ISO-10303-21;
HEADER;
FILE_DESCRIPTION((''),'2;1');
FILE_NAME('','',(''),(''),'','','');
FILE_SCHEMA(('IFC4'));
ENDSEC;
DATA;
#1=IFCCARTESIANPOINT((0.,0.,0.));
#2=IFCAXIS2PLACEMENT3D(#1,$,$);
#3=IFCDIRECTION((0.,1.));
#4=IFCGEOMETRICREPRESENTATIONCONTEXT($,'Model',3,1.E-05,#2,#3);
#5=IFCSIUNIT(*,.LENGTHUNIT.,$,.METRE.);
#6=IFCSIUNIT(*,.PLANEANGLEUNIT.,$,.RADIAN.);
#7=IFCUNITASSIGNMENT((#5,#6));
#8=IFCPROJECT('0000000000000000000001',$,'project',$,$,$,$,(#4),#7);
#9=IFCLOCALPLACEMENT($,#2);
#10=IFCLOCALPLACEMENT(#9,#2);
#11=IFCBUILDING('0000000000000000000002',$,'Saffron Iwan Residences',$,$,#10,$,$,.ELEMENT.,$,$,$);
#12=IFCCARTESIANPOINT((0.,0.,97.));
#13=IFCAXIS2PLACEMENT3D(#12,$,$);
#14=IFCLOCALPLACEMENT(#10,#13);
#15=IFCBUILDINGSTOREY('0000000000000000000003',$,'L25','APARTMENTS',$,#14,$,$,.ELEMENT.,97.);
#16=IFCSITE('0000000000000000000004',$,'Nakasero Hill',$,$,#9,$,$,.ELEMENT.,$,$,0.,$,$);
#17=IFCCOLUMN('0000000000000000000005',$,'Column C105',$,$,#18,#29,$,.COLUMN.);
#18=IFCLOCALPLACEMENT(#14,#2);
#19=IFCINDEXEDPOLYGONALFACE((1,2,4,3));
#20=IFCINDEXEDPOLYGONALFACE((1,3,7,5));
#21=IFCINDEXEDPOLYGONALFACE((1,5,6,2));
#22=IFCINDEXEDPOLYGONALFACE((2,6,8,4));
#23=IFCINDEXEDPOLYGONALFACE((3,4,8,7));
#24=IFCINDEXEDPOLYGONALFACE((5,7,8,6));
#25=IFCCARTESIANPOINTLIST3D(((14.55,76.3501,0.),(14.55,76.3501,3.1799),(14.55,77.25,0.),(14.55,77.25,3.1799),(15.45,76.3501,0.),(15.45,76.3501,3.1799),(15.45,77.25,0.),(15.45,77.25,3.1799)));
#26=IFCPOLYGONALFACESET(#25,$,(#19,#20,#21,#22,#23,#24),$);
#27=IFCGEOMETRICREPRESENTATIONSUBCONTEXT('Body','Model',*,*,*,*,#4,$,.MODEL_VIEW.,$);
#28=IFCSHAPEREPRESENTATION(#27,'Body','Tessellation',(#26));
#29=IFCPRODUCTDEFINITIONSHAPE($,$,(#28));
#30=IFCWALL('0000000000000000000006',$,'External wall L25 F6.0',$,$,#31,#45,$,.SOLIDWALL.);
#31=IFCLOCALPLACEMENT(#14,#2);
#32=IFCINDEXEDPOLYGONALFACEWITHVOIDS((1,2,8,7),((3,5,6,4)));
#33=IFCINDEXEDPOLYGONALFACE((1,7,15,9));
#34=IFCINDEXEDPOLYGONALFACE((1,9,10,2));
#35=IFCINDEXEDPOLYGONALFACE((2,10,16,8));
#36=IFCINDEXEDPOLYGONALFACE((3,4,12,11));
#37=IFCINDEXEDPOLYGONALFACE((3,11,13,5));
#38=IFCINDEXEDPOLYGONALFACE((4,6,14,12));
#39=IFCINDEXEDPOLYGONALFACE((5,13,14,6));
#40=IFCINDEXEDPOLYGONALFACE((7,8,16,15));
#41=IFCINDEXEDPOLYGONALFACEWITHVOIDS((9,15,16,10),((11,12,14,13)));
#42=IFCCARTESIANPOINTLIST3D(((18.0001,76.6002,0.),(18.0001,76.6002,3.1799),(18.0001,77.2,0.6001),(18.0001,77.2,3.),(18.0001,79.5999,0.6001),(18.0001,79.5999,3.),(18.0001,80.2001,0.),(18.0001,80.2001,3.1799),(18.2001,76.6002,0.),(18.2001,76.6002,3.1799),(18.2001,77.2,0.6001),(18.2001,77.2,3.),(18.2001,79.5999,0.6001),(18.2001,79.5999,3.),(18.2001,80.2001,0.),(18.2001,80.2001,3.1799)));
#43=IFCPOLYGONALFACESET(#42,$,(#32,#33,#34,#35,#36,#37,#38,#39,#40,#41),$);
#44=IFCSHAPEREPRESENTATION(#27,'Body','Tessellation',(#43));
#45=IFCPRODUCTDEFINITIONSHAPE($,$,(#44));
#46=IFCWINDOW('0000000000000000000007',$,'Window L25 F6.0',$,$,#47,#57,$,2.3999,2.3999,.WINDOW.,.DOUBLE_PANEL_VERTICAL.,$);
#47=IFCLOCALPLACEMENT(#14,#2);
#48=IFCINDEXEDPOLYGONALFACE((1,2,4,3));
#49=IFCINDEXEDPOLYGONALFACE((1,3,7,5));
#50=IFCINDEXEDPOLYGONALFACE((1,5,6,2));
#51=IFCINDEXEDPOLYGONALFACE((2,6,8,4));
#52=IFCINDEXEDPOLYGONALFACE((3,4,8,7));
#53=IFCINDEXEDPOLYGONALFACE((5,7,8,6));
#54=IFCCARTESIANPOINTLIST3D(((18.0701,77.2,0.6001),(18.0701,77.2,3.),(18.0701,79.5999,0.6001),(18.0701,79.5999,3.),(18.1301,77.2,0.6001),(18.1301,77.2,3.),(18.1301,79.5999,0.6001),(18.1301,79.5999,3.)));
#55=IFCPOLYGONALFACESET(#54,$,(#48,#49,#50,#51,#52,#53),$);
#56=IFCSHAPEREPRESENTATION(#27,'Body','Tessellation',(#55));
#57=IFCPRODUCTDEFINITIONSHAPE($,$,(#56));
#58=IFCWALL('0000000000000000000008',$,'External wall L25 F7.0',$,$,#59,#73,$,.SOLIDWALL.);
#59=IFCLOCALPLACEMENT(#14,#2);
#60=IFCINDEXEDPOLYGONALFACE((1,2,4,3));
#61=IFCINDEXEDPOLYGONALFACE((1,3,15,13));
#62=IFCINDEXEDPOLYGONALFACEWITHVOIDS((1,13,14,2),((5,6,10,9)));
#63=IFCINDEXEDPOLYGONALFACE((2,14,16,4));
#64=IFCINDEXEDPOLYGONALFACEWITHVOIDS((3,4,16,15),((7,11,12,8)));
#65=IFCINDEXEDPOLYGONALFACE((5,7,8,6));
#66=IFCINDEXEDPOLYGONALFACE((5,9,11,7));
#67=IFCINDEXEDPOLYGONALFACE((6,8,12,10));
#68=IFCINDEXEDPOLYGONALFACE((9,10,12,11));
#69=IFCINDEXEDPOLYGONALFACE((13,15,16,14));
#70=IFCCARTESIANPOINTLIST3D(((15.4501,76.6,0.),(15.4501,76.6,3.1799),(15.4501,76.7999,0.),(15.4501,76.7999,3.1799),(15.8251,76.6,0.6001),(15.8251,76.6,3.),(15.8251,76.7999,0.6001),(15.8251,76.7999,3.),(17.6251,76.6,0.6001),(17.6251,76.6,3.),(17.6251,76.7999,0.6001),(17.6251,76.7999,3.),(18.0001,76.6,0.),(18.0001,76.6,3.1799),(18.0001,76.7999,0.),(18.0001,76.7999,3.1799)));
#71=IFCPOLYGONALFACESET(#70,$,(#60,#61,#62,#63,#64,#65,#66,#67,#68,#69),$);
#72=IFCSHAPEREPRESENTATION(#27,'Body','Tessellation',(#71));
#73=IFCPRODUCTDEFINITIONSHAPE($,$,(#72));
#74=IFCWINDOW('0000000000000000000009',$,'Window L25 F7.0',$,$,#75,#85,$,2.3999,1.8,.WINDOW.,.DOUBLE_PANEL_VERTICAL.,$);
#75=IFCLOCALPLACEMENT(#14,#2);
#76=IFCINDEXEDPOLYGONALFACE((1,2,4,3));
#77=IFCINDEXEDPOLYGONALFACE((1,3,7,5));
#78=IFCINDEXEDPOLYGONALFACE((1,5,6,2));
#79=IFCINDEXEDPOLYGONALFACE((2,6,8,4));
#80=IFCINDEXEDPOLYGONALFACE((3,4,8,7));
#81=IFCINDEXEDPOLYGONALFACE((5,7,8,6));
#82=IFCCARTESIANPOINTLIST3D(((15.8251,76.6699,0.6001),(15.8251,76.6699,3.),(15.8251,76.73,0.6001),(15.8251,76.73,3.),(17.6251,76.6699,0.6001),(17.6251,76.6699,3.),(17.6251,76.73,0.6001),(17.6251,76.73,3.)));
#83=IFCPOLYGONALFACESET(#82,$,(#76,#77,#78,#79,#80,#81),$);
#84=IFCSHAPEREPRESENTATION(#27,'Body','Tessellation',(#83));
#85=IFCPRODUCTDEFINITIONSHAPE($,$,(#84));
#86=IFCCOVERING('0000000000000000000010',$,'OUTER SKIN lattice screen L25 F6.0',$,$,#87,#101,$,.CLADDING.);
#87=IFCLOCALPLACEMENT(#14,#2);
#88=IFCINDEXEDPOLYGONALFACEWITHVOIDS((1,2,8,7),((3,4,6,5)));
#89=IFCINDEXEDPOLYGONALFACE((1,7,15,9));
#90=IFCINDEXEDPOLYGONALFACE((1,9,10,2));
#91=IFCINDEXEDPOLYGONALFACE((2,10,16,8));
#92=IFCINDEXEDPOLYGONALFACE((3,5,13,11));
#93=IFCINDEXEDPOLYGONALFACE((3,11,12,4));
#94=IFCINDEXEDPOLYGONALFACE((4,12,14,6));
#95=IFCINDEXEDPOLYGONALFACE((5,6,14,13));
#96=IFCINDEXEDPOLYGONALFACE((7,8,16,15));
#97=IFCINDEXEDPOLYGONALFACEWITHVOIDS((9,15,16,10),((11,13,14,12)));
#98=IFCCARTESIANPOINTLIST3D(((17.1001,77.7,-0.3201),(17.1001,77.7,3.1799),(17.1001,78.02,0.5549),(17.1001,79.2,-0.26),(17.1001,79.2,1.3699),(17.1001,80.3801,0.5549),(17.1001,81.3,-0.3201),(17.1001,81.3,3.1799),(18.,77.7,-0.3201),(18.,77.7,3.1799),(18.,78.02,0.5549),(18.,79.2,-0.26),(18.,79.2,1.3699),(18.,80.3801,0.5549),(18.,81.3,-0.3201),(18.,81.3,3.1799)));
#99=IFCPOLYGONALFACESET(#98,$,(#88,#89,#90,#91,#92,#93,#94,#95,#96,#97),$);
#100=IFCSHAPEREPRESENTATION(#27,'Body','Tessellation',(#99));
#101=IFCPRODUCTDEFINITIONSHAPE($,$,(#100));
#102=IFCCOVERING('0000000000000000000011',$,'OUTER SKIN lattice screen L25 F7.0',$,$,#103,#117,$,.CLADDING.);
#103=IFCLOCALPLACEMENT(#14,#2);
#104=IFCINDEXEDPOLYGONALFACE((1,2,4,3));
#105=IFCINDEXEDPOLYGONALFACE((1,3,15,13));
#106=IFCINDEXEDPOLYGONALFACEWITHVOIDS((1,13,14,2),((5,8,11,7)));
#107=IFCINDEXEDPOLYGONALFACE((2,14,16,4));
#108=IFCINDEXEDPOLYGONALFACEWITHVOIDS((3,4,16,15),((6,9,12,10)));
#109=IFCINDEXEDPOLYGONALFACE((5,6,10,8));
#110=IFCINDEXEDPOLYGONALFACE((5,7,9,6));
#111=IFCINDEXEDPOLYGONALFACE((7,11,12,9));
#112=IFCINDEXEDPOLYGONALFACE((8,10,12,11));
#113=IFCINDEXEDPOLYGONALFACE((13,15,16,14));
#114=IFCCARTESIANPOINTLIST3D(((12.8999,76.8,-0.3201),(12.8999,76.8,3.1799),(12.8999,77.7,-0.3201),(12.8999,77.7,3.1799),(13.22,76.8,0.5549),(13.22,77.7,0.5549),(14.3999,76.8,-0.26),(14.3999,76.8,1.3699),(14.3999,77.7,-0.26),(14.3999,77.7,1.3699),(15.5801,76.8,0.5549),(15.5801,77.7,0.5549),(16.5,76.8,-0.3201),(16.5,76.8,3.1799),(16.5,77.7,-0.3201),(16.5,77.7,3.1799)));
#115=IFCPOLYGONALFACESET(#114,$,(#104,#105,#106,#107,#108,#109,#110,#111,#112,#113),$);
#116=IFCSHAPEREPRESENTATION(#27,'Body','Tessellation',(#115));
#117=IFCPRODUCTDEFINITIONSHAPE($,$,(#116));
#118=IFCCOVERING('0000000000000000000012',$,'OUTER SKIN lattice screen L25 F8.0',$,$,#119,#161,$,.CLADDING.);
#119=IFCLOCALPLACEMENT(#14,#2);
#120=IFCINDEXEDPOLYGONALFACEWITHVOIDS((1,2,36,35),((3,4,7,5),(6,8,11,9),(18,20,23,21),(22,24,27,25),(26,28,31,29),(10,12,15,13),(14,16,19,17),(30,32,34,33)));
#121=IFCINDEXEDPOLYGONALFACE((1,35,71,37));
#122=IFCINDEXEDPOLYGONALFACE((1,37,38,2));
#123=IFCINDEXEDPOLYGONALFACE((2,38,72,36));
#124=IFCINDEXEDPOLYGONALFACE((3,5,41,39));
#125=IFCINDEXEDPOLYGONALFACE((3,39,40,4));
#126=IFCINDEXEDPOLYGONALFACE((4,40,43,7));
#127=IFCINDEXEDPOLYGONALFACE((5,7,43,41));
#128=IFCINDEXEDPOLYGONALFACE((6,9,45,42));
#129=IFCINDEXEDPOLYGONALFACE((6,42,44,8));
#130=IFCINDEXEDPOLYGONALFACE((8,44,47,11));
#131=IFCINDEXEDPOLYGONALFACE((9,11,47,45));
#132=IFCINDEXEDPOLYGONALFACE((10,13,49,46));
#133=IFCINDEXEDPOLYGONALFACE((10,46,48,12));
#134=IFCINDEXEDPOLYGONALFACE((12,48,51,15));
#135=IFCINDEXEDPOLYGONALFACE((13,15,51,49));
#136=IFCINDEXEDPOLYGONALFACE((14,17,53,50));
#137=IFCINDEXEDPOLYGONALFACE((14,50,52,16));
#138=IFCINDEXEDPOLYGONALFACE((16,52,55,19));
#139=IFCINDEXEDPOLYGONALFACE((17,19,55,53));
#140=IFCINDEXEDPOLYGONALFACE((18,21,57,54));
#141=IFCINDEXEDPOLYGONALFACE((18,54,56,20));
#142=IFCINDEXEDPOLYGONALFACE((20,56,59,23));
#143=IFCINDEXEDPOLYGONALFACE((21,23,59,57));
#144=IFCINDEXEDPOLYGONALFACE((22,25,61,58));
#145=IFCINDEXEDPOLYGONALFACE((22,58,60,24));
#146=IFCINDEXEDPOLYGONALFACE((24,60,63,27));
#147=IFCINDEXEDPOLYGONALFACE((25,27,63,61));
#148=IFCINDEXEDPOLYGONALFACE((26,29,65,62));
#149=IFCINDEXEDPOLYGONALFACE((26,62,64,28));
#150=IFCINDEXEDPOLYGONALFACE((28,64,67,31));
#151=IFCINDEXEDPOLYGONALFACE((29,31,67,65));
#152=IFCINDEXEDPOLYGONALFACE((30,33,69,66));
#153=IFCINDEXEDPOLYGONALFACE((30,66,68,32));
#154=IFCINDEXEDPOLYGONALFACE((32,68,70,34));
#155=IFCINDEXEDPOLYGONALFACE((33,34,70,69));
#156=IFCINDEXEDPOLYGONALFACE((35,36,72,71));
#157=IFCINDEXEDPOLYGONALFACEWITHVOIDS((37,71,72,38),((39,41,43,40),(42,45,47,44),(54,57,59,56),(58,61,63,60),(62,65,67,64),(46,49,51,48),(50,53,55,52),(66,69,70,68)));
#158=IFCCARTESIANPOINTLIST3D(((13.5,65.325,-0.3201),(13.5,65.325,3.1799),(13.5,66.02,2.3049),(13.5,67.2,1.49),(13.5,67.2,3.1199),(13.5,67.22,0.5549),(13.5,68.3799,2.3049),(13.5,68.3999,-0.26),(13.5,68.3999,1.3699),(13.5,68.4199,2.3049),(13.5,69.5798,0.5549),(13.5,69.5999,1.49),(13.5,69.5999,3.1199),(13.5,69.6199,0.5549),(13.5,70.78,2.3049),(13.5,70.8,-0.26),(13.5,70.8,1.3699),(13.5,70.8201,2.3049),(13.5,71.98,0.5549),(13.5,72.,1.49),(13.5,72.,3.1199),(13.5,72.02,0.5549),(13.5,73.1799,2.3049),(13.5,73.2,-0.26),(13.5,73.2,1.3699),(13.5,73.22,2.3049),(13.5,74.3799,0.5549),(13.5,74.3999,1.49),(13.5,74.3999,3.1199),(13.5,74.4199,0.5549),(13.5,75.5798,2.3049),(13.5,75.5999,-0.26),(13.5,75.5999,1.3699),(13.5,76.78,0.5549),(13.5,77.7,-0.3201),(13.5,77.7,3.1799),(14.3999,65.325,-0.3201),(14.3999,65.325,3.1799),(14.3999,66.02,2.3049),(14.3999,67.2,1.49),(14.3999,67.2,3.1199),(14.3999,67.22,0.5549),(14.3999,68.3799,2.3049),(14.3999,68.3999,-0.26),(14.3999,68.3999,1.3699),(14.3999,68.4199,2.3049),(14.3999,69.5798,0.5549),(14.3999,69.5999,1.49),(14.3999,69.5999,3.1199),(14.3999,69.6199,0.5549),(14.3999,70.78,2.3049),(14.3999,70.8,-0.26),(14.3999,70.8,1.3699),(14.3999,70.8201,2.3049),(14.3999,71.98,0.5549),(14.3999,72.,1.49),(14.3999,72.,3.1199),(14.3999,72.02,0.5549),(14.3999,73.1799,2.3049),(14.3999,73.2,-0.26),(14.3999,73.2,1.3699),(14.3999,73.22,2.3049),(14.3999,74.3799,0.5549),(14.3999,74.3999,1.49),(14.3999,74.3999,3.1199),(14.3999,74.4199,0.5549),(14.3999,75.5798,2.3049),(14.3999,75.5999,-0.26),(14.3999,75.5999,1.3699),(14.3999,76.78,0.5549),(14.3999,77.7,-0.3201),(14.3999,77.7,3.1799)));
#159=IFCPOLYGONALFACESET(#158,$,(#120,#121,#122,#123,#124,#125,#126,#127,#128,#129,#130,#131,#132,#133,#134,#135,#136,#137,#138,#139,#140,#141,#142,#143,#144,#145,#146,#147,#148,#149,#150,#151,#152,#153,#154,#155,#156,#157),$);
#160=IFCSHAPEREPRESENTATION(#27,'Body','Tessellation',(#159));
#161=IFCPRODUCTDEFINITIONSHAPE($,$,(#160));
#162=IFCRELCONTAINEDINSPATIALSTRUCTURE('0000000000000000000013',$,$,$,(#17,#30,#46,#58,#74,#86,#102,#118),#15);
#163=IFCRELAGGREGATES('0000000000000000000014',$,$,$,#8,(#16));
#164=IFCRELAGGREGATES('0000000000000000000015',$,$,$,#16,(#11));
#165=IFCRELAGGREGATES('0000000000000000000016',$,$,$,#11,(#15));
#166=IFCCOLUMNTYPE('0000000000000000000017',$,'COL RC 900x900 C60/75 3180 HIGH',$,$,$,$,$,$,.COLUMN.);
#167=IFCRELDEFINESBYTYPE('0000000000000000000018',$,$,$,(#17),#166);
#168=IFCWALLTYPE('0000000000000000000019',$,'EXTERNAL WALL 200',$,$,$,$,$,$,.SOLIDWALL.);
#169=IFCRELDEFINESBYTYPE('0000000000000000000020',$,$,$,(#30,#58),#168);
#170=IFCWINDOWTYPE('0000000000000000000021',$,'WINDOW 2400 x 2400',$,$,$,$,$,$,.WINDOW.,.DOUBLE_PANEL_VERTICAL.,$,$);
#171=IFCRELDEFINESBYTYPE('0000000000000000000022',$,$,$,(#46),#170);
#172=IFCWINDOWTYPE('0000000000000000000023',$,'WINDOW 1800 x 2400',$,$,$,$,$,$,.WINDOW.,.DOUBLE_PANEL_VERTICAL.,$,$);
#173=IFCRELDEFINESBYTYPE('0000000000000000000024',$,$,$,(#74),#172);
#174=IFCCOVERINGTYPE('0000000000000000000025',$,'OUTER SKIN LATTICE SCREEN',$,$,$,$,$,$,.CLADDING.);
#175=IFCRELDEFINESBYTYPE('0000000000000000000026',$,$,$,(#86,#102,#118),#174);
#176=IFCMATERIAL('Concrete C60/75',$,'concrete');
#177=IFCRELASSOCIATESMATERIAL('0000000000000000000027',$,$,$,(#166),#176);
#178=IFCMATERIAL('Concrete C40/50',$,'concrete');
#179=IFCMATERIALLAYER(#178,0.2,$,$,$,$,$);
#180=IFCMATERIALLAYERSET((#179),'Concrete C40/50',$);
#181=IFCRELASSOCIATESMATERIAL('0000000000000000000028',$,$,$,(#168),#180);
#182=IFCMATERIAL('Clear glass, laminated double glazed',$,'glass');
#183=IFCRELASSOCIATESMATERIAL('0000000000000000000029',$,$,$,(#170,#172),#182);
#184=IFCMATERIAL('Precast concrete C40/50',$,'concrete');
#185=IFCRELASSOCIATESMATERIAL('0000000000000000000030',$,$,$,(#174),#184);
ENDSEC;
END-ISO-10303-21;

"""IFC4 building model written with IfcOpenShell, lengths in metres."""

from ifc_helpers import new_model, si_unit, direction, frame, frame_2d, origin, origin_2d, place, context, subcontext, project, spatial, polyline, rectangle, outline, extrude, source, transform, mapped, material, layer, layer_set, material_profile, profile_set, type_object, element, fill, save


model = new_model("IFC4")

# Units and contexts
model_context = context("Model", 3, precision=1e-05, world=origin(), true_north=direction((0.0, 1.0)))
body_context = subcontext(model_context, "Body", "Model", "MODEL_VIEW")
ifc_project = project(units=[si_unit("LENGTHUNIT", "METRE"), si_unit("PLANEANGLEUNIT", "RADIAN")], contexts=[model_context])

# Site, building, storey
site_placement = place(None, origin())
site = spatial("IfcSite", under=ifc_project, at=site_placement, Name="Nakasero Hill", CompositionType="ELEMENT", RefElevation=0.0)
building_placement = place(site_placement, origin())
building = spatial("IfcBuilding", under=site, at=building_placement, Name="Saffron Iwan Residences", CompositionType="ELEMENT")
storey_placement = place(building_placement, frame((0.0, 0.0, 97.0)))
storey = spatial("IfcBuildingStorey", under=building, at=storey_placement, Name="L25", Description="APARTMENTS", CompositionType="ELEMENT", Elevation=97.0)

# Column
ifc_material_1 = material(Name="Concrete C60/75", Category="concrete")
ifc_material_profile = material_profile(ifc_material_1, rectangle(XDim=0.8999, YDim=0.8999, at=origin_2d()), Name="RC 900x900")
ifc_profile_set = profile_set([ifc_material_profile], Name="Concrete C60/75")
column_type = type_object("IfcColumnType", Name="COL RC 900x900 C60/75 3180 HIGH", PredefinedType="COLUMN", material=ifc_profile_set)
shared_shape = source(origin(), body_context, "Body", "SweptSolid", [
    extrude(rectangle(XDim=0.8999, YDim=0.8999, at=origin_2d()), origin(), (0.0, 0.0, 1.0), 3.1799),
])
column_placement = place(storey_placement, frame((15.0, 76.8, 0.0), z_axis=(0.0, 0.0, 1.0), x_axis=(1.0, 0.0, 0.0)))
element("IfcColumn", 1, at=column_placement, inside=storey, type_object=column_type, Name="Column C105", PredefinedType="COLUMN", context=body_context, shape_type="MappedRepresentation", body=[
    mapped(shared_shape, transform((0.0, 0.0, 0.0))),
])

# Walls, openings, windows
ifc_material_2 = material(Name="Concrete C40/50", Category="concrete")
ifc_layer = layer(ifc_material_2, 0.2)
ifc_layer_set = layer_set([ifc_layer], Name="Concrete C40/50")
wall_type = type_object("IfcWallType", Name="EXTERNAL WALL 200", PredefinedType="SOLIDWALL", material=ifc_layer_set)
wall_1_placement = place(storey_placement, frame((18.1001, 80.2, 0.0), z_axis=(0.0, 0.0, 1.0), x_axis=(0.0, -1.0, 0.0)))
wall_1 = element("IfcWall", 2, at=wall_1_placement, inside=storey, type_object=wall_type, Name="External wall L25 F6.0", PredefinedType="SOLIDWALL", context=body_context, shape_type="SweptSolid", body=[
    extrude(rectangle(XDim=3.5999, YDim=0.2, at=frame_2d((1.7998, 0.0))), origin(), (0.0, 0.0, 1.0), 3.1799),
])
opening_1_placement = place(wall_1_placement, frame((0.6001, 0.0, 0.6001)))
opening_1 = element("IfcOpeningElement", 3, at=opening_1_placement, cuts=wall_1, PredefinedType="OPENING", context=body_context, shape_type="SweptSolid", body=[
    extrude(rectangle(XDim=2.3999, YDim=2.3999, at=frame_2d((1.2, 1.2))), frame((0.0, 0.1099, 0.0), z_axis=(0.0, -1.0, 0.0), x_axis=(1.0, 0.0, 0.0)), (0.0, 0.0, 1.0), 0.22),
])
ifc_material_3 = material(Name="Clear glass, laminated double glazed", Category="glass")
window_type_1 = type_object("IfcWindowType", Name="WINDOW 2400 x 2400", PartitioningType="DOUBLE_PANEL_VERTICAL", PredefinedType="WINDOW", material=ifc_material_3)
window_1_placement = place(opening_1_placement, origin())
window_1 = element("IfcWindow", 4, at=window_1_placement, inside=storey, type_object=window_type_1, Name="Window L25 F6.0", OverallHeight=2.3999, OverallWidth=2.3999, PartitioningType="DOUBLE_PANEL_VERTICAL", PredefinedType="WINDOW", context=body_context, shape_type="SweptSolid", body=[
    extrude(rectangle(XDim=2.3999, YDim=2.3999, at=frame_2d((1.2, 1.2))), frame((0.0, 0.03, 0.0), z_axis=(0.0, -1.0, 0.0), x_axis=(1.0, 0.0, 0.0)), (0.0, 0.0, 1.0), 0.0601),
])
fill(opening_1, window_1)
wall_2_placement = place(storey_placement, frame((18.0, 76.7, 0.0), z_axis=(0.0, 0.0, 1.0), x_axis=(-1.0, 0.0, 0.0)))
wall_2 = element("IfcWall", 5, at=wall_2_placement, inside=storey, type_object=wall_type, Name="External wall L25 F7.0", PredefinedType="SOLIDWALL", context=body_context, shape_type="SweptSolid", body=[
    extrude(rectangle(XDim=2.55, YDim=0.2, at=frame_2d((1.2749, 0.0))), origin(), (0.0, 0.0, 1.0), 3.1799),
])
opening_2_placement = place(wall_2_placement, frame((0.375, 0.0, 0.6001)))
opening_2 = element("IfcOpeningElement", 6, at=opening_2_placement, cuts=wall_2, PredefinedType="OPENING", context=body_context, shape_type="SweptSolid", body=[
    extrude(rectangle(XDim=1.8, YDim=2.3999, at=frame_2d((0.8999, 1.2))), frame((0.0, 0.1099, 0.0), z_axis=(0.0, -1.0, 0.0), x_axis=(1.0, 0.0, 0.0)), (0.0, 0.0, 1.0), 0.22),
])
window_type_2 = type_object("IfcWindowType", Name="WINDOW 1800 x 2400", PartitioningType="DOUBLE_PANEL_VERTICAL", PredefinedType="WINDOW", material=ifc_material_3)
window_2_placement = place(opening_2_placement, origin())
window_2 = element("IfcWindow", 7, at=window_2_placement, inside=storey, type_object=window_type_2, Name="Window L25 F7.0", OverallHeight=2.3999, OverallWidth=1.8, PartitioningType="DOUBLE_PANEL_VERTICAL", PredefinedType="WINDOW", context=body_context, shape_type="SweptSolid", body=[
    extrude(rectangle(XDim=1.8, YDim=2.3999, at=frame_2d((0.8999, 1.2))), frame((0.0, 0.03, 0.0), z_axis=(0.0, -1.0, 0.0), x_axis=(1.0, 0.0, 0.0)), (0.0, 0.0, 1.0), 0.0601),
])
fill(opening_2, window_2)

# Coverings
ifc_material_4 = material(Name="Precast concrete C40/50", Category="concrete")
covering_type = type_object("IfcCoveringType", Name="OUTER SKIN LATTICE SCREEN", PredefinedType="CLADDING", material=ifc_material_4)
for number, where, z_axis, x_axis, name in (
    (8, (18.0, 81.3, -0.3201), (-1.0, 0.0, 0.0), (0.0, -1.0, 0.0), "OUTER SKIN lattice screen L25 F6.0"),
    (9, (16.5, 76.8, -0.3201), (0.0, 1.0, 0.0), (-1.0, 0.0, 0.0), "OUTER SKIN lattice screen L25 F7.0"),
):
    element("IfcCovering", number, at=place(storey_placement, frame(where, z_axis=z_axis, x_axis=x_axis)), inside=storey, type_object=covering_type, Name=name, PredefinedType="CLADDING", context=body_context, shape_type="SweptSolid", body=[
        extrude(outline(polyline([(0.0, 0.0), (3.6001, 0.0), (3.6001, 3.5), (0.0, 3.5), (0.0, 0.0)]), holes=[polyline([(0.9199, 0.875), (2.1001, 0.0601), (3.28, 0.875), (2.1001, 1.6899), (0.9199, 0.875)])]), origin(), (0.0, 0.0, 1.0), 0.8999),
    ])
covering_placement = place(storey_placement, frame((14.3999, 77.7, -0.3201), z_axis=(-1.0, 0.0, 0.0), x_axis=(0.0, -1.0, 0.0)))
element("IfcCovering", 10, at=covering_placement, inside=storey, type_object=covering_type, Name="OUTER SKIN lattice screen L25 F8.0", PredefinedType="CLADDING", context=body_context, shape_type="SweptSolid", body=[
    extrude(outline(polyline([(0.0, 0.0), (12.375, 0.0), (12.375, 3.5), (0.0, 3.5), (0.0, 0.0)]), holes=[polyline([(0.9199, 0.875), (2.1001, 0.0601), (3.28, 0.875), (2.1001, 1.6899), (0.9199, 0.875)]), polyline([(3.3201, 0.875), (4.5, 0.0601), (5.6799, 0.875), (4.5, 1.6899), (3.3201, 0.875)]), polyline([(5.72, 0.875), (6.8999, 0.0601), (8.0801, 0.875), (6.8999, 1.6899), (5.72, 0.875)]), polyline([(8.1201, 0.875), (9.3, 0.0601), (10.48, 0.875), (9.3, 1.6899), (8.1201, 0.875)]), polyline([(2.1201, 2.625), (3.3, 1.8101), (4.48, 2.625), (3.3, 3.4399), (2.1201, 2.625)]), polyline([(4.52, 2.625), (5.7, 1.8101), (6.8799, 2.625), (5.7, 3.4399), (4.52, 2.625)]), polyline([(6.9199, 2.625), (8.1001, 1.8101), (9.28, 2.625), (8.1001, 3.4399), (6.9199, 2.625)]), polyline([(9.3201, 2.625), (10.5, 1.8101), (11.6799, 2.625), (10.5, 3.4399), (9.3201, 2.625)])]), origin(), (0.0, 0.0, 1.0), 0.8999),
])

save(model, "model.ifc")
